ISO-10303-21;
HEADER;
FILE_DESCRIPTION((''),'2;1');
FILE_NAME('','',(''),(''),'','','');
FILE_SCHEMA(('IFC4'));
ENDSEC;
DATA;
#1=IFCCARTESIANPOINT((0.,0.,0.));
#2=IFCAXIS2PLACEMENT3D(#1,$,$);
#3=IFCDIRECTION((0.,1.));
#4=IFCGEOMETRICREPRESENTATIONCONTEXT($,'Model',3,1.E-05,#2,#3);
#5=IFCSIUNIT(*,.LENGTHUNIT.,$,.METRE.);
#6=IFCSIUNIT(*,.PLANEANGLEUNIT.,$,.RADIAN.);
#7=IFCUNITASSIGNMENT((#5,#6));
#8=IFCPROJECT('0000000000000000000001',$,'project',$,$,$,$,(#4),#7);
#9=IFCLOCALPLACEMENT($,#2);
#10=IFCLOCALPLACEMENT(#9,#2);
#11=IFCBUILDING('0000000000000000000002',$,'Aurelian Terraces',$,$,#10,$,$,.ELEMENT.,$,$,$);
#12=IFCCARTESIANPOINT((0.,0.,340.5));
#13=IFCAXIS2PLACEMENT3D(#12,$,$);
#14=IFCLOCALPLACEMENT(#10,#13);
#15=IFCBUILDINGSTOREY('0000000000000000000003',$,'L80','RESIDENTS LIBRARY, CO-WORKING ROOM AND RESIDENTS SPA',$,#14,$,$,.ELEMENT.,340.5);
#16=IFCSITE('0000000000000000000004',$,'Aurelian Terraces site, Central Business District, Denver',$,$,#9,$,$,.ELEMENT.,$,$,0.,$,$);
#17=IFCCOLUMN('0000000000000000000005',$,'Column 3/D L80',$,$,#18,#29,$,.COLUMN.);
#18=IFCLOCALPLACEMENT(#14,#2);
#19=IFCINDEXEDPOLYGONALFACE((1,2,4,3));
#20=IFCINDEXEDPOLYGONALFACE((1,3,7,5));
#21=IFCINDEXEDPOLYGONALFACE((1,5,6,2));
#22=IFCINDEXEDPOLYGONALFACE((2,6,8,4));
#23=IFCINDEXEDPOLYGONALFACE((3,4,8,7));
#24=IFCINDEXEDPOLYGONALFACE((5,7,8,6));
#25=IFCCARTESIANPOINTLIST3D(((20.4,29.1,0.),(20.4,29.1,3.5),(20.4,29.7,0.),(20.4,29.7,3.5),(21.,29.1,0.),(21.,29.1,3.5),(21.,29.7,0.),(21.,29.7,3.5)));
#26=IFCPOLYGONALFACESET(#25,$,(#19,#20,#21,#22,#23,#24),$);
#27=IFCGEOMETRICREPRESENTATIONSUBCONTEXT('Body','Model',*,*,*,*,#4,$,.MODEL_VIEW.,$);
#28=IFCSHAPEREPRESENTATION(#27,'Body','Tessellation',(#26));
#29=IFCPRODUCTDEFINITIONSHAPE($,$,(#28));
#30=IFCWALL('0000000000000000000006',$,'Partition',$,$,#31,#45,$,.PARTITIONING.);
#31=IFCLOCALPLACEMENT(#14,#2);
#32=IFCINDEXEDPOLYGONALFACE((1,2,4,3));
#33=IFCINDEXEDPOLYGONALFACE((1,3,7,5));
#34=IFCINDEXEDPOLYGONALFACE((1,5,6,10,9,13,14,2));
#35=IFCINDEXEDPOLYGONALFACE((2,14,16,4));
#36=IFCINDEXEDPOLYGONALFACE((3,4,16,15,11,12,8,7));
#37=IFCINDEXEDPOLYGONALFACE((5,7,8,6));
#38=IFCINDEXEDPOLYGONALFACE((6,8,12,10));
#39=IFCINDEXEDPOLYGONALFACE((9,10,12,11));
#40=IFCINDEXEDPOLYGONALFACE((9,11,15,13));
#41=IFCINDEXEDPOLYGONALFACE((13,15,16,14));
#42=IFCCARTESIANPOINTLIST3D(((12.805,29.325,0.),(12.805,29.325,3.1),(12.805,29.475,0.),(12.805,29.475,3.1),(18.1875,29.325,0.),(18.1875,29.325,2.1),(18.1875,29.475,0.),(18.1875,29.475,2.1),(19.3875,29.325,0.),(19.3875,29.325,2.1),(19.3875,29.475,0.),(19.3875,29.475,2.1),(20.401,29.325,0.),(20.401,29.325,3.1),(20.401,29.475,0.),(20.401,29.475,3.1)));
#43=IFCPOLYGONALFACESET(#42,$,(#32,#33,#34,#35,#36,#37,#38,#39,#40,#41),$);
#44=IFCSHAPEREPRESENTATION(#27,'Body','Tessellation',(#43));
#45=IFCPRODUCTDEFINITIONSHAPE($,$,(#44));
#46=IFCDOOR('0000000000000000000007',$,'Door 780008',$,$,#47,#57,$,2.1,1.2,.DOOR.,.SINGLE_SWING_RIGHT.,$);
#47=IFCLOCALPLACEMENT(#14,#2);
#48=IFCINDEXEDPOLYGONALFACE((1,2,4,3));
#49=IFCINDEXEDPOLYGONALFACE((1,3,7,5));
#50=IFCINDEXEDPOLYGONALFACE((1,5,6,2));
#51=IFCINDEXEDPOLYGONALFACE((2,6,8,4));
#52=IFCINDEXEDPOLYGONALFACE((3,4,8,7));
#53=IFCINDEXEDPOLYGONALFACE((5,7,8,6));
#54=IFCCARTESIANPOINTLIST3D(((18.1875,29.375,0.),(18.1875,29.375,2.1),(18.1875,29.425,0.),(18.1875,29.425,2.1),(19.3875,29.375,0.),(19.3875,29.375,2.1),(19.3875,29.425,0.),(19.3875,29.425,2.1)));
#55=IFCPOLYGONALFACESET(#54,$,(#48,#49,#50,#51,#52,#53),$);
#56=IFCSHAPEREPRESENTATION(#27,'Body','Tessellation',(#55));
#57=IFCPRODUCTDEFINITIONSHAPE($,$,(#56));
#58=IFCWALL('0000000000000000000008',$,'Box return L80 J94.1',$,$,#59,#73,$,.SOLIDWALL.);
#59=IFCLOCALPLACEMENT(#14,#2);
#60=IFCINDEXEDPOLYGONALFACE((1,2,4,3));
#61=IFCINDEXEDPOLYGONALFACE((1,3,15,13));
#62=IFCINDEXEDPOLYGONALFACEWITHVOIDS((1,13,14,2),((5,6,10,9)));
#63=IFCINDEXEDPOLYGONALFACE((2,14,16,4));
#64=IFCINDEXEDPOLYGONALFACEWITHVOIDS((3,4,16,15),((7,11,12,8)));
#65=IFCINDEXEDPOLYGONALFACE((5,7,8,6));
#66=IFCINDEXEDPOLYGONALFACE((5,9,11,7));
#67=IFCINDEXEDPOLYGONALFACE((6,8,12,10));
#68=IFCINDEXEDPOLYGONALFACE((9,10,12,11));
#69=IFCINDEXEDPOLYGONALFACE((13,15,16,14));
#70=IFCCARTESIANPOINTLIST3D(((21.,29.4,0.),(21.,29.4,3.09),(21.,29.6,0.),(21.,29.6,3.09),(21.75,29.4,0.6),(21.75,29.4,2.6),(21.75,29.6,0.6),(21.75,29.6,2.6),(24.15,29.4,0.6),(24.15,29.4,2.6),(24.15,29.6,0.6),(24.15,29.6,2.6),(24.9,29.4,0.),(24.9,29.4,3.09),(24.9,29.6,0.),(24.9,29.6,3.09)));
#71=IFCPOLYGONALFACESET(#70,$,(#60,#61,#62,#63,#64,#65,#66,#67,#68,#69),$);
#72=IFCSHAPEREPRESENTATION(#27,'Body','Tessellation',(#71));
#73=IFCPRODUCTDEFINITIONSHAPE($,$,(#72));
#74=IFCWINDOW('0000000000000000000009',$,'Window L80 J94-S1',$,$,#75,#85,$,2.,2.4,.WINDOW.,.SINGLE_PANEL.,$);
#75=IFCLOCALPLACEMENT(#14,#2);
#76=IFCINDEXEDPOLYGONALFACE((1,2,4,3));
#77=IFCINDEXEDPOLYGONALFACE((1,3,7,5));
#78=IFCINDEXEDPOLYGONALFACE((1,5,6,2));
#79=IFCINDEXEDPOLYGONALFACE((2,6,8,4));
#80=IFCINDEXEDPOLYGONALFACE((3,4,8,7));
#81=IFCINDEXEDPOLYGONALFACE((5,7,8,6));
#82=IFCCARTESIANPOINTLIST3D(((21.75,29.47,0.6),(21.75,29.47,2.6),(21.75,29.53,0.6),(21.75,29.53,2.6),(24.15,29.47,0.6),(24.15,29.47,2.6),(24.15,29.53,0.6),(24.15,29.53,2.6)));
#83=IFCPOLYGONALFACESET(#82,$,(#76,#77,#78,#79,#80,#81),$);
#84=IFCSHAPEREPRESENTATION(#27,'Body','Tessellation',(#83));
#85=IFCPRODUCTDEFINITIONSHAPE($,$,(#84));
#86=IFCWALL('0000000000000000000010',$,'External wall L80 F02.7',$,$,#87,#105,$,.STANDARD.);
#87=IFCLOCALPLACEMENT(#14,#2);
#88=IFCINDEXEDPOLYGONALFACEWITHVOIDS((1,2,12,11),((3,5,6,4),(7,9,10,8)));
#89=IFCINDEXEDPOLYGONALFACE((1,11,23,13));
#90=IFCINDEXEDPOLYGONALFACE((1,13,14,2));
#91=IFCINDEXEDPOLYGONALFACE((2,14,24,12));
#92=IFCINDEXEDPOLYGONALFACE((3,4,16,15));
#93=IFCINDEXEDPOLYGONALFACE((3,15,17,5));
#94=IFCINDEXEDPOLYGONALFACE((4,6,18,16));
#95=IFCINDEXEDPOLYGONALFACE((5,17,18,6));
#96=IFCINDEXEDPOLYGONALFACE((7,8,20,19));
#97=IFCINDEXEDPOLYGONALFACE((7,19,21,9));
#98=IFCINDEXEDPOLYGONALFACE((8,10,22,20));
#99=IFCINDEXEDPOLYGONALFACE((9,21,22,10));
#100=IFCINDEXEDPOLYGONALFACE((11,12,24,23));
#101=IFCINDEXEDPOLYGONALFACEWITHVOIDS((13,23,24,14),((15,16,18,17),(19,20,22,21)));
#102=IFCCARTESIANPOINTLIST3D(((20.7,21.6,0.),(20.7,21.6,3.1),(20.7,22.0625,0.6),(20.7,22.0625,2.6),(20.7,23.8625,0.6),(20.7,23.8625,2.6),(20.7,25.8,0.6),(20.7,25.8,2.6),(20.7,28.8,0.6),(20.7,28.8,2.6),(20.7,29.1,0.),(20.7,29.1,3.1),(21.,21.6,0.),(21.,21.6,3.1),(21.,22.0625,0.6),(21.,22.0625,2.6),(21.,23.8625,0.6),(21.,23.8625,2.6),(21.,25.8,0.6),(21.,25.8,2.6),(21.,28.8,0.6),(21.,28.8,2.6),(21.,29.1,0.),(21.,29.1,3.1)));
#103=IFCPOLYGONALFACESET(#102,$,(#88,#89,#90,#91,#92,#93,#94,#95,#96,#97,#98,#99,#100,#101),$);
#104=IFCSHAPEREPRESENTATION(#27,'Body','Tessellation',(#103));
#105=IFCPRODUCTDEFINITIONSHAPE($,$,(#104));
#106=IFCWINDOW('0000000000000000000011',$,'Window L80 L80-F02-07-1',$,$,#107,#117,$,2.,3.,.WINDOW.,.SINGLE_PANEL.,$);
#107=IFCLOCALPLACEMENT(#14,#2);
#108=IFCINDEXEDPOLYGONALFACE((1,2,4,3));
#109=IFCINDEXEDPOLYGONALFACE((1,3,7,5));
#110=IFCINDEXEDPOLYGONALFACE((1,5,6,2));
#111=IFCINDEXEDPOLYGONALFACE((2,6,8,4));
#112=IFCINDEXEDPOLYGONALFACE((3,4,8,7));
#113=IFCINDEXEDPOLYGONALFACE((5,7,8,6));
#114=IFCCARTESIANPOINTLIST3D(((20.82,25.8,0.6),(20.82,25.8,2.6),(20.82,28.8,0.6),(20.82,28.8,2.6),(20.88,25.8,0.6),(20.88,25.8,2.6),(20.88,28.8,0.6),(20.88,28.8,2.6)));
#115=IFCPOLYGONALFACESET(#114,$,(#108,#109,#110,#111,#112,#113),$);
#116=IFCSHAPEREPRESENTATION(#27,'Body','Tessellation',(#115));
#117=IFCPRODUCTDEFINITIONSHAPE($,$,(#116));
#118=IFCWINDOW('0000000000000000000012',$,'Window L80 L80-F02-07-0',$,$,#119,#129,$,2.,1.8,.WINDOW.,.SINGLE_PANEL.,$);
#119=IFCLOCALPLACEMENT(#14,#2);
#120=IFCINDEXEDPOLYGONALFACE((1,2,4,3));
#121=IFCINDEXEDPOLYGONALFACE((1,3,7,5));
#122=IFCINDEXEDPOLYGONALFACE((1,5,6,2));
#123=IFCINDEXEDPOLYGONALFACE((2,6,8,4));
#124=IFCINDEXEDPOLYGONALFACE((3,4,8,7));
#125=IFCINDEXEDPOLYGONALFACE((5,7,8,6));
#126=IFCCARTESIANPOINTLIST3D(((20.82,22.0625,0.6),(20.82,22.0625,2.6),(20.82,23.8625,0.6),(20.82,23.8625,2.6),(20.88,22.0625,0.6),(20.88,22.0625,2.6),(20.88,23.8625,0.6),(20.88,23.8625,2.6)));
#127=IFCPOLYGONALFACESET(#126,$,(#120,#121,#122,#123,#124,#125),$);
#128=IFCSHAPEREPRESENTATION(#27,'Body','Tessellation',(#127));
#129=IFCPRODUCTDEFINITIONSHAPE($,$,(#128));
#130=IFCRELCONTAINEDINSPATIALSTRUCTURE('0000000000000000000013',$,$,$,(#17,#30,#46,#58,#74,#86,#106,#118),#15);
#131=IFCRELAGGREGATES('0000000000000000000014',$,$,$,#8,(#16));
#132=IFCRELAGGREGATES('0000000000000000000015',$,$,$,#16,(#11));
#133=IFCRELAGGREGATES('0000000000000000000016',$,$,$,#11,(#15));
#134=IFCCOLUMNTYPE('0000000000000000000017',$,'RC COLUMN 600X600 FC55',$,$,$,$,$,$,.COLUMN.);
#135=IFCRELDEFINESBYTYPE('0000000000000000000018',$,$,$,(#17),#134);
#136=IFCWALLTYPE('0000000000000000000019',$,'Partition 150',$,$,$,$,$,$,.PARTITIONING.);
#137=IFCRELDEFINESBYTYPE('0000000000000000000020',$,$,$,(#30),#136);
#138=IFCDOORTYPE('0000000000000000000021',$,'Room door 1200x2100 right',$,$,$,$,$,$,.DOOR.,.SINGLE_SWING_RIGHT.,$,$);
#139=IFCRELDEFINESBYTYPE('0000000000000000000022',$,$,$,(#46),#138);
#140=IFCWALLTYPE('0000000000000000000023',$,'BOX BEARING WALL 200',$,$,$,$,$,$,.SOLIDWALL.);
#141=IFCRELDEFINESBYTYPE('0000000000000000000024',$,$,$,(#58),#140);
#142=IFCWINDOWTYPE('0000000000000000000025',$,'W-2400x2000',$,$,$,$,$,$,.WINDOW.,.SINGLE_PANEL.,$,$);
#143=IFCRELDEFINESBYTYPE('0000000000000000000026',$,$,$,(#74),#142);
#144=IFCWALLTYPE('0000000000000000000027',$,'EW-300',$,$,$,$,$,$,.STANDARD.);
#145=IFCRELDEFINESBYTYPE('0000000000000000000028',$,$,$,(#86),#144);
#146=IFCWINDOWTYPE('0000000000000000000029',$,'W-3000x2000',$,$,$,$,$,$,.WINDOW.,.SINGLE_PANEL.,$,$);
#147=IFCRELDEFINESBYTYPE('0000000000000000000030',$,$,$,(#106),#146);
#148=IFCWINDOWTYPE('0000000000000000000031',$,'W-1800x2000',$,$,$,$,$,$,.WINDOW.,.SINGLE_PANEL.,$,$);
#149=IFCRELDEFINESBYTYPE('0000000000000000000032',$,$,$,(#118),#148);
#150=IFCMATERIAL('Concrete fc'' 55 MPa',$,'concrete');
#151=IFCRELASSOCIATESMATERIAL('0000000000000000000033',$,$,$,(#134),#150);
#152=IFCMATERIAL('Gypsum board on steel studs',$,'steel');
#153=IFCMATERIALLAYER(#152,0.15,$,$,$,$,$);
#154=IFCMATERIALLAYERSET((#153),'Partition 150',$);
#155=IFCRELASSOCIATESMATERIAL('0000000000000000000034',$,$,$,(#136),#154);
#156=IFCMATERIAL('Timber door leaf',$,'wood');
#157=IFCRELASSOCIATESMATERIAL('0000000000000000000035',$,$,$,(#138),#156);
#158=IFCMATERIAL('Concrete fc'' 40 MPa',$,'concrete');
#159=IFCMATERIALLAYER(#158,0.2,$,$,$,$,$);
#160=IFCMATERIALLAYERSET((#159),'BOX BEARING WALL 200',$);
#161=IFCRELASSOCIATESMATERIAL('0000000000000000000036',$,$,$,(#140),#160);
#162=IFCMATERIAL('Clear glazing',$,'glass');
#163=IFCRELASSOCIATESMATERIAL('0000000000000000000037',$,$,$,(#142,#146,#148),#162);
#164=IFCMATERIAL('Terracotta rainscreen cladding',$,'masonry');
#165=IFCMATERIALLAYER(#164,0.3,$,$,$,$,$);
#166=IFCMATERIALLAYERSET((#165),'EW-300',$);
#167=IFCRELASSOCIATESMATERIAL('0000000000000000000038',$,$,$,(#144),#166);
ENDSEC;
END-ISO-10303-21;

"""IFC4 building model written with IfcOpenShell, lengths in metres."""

from ifc_helpers import new_model, si_unit, direction, frame, frame_2d, origin, origin_2d, place, context, subcontext, project, spatial, rectangle, extrude, source, transform, mapped, material, layer, layer_set, material_profile, profile_set, type_object, element, fill, save


model = new_model("IFC4")

# Units and contexts
model_context = context("Model", 3, precision=1e-05, world=origin(), true_north=direction((0.0, 1.0)))
body_context = subcontext(model_context, "Body", "Model", "MODEL_VIEW")
ifc_project = project(units=[si_unit("LENGTHUNIT", "METRE"), si_unit("PLANEANGLEUNIT", "RADIAN")], contexts=[model_context])

# Site, building, storey
site_placement = place(None, origin())
site = spatial("IfcSite", under=ifc_project, at=site_placement, Name="Aurelian Terraces site, Central Business District, Denver", CompositionType="ELEMENT", RefElevation=0.0)
building_placement = place(site_placement, origin())
building = spatial("IfcBuilding", under=site, at=building_placement, Name="Aurelian Terraces", CompositionType="ELEMENT")
storey_placement = place(building_placement, frame((0.0, 0.0, 340.5)))
storey = spatial("IfcBuildingStorey", under=building, at=storey_placement, Name="L80", Description="RESIDENTS LIBRARY, CO-WORKING ROOM AND RESIDENTS SPA", CompositionType="ELEMENT", Elevation=340.5)

# Column
ifc_material_1 = material(Name="Concrete fc' 55 MPa", Category="concrete")
ifc_material_profile = material_profile(ifc_material_1, rectangle(XDim=0.6, YDim=0.6, at=origin_2d()))
ifc_profile_set = profile_set([ifc_material_profile], Name="Concrete fc' 55 MPa")
column_type = type_object("IfcColumnType", Name="RC COLUMN 600X600 FC55", PredefinedType="COLUMN", material=ifc_profile_set)
shared_shape_1 = source(origin(), body_context, "Body", "SweptSolid", [
    extrude(rectangle(XDim=0.6, YDim=0.6, at=origin_2d()), origin(), (0.0, 0.0, 1.0), 3.5),
])
column_placement = place(storey_placement, frame((20.7, 29.4, 0.0), z_axis=(0.0, 0.0, 1.0), x_axis=(1.0, 0.0, 0.0)))
element("IfcColumn", 1, at=column_placement, inside=storey, type_object=column_type, Name="Column 3/D L80", PredefinedType="COLUMN", context=body_context, shape_type="MappedRepresentation", body=[
    mapped(shared_shape_1, transform((0.0, 0.0, 0.0), scale=1.0)),
])

# Wall, opening, door
ifc_material_2 = material(Name="Gypsum board on steel studs", Category="steel")
ifc_layer_1 = layer(ifc_material_2, 0.15)
ifc_layer_set_1 = layer_set([ifc_layer_1], Name="Partition 150")
wall_type_1 = type_object("IfcWallType", Name="Partition 150", PredefinedType="PARTITIONING", material=ifc_layer_set_1)
wall_1_placement = place(storey_placement, frame((12.805, 29.4, 0.0), z_axis=(0.0, 0.0, 1.0), x_axis=(1.0, 0.0, 0.0)))
wall_1 = element("IfcWall", 2, at=wall_1_placement, inside=storey, type_object=wall_type_1, Name="Partition", PredefinedType="PARTITIONING", context=body_context, shape_type="SweptSolid", body=[
    extrude(rectangle(XDim=7.596, YDim=0.15, at=frame_2d((3.798, 0.0))), origin(), (0.0, 0.0, 1.0), 3.1),
])
shared_shape_2 = source(origin(), body_context, "Body", "SweptSolid", [
    extrude(rectangle(XDim=1.2, YDim=2.1, at=frame_2d((0.6, 1.05))), frame((0.0, 0.085, 0.0), z_axis=(0.0, -1.0, 0.0), x_axis=(1.0, 0.0, 0.0)), (0.0, 0.0, 1.0), 0.17),
])
opening_1_placement = place(wall_1_placement, frame((5.3825, 0.0, 0.0)))
opening_1 = element("IfcOpeningElement", 3, at=opening_1_placement, cuts=wall_1, PredefinedType="OPENING", context=body_context, shape_type="MappedRepresentation", body=[
    mapped(shared_shape_2, transform((0.0, 0.0, 0.0), scale=1.0)),
])
ifc_material_3 = material(Name="Timber door leaf", Category="wood")
door_type_1 = type_object("IfcDoorType", Name="Room door 1200x2100 right", OperationType="SINGLE_SWING_RIGHT", PredefinedType="DOOR", material=ifc_material_3)
shared_shape_3 = source(origin(), body_context, "Body", "SweptSolid", [
    extrude(rectangle(XDim=1.2, YDim=2.1, at=frame_2d((0.6, 1.05))), frame((0.0, 0.025, 0.0), z_axis=(0.0, -1.0, 0.0), x_axis=(1.0, 0.0, 0.0)), (0.0, 0.0, 1.0), 0.05),
])
door_1_placement = place(opening_1_placement, origin())
door_1 = element("IfcDoor", 4, at=door_1_placement, inside=storey, type_object=door_type_1, Name="Door 780008", OperationType="SINGLE_SWING_RIGHT", OverallHeight=2.1, OverallWidth=1.2, PredefinedType="DOOR", context=body_context, shape_type="MappedRepresentation", body=[
    mapped(shared_shape_3, transform((0.0, 0.0, 0.0), scale=1.0)),
])
fill(opening_1, door_1)

# Wall, opening, window
ifc_material_4 = material(Name="Concrete fc' 40 MPa", Category="concrete")
ifc_layer_2 = layer(ifc_material_4, 0.2)
ifc_layer_set_2 = layer_set([ifc_layer_2], Name="BOX BEARING WALL 200")
wall_type_2 = type_object("IfcWallType", Name="BOX BEARING WALL 200", PredefinedType="SOLIDWALL", material=ifc_layer_set_2)
shared_shape_4 = source(origin(), body_context, "Body", "SweptSolid", [
    extrude(rectangle(XDim=3.9, YDim=0.2, at=frame_2d((1.95, 0.0))), origin(), (0.0, 0.0, 1.0), 3.09),
])
wall_2_placement = place(storey_placement, frame((21.0, 29.5, 0.0), z_axis=(0.0, 0.0, 1.0), x_axis=(1.0, 0.0, 0.0)))
wall_2 = element("IfcWall", 5, at=wall_2_placement, inside=storey, type_object=wall_type_2, Name="Box return L80 J94.1", PredefinedType="SOLIDWALL", context=body_context, shape_type="MappedRepresentation", body=[
    mapped(shared_shape_4, transform((0.0, 0.0, 0.0), scale=1.0)),
])
shared_shape_5 = source(origin(), body_context, "Body", "SweptSolid", [
    extrude(rectangle(XDim=2.4, YDim=2.0, at=frame_2d((1.2, 1.0))), frame((0.0, 0.11, 0.0), z_axis=(0.0, -1.0, 0.0), x_axis=(1.0, 0.0, 0.0)), (0.0, 0.0, 1.0), 0.22),
])
opening_2_placement = place(wall_2_placement, frame((0.75, 0.0, 0.6)))
opening_2 = element("IfcOpeningElement", 6, at=opening_2_placement, cuts=wall_2, PredefinedType="OPENING", context=body_context, shape_type="MappedRepresentation", body=[
    mapped(shared_shape_5, transform((0.0, 0.0, 0.0), scale=1.0)),
])
ifc_material_5 = material(Name="Clear glazing", Category="glass")
window_type_1 = type_object("IfcWindowType", Name="W-2400x2000", PartitioningType="SINGLE_PANEL", PredefinedType="WINDOW", material=ifc_material_5)
shared_shape_6 = source(origin(), body_context, "Body", "SweptSolid", [
    extrude(rectangle(XDim=2.4, YDim=2.0, at=frame_2d((1.2, 1.0))), frame((0.0, 0.03, 0.0), z_axis=(0.0, -1.0, 0.0), x_axis=(1.0, 0.0, 0.0)), (0.0, 0.0, 1.0), 0.06),
])
window_1_placement = place(opening_2_placement, origin())
window_1 = element("IfcWindow", 7, at=window_1_placement, inside=storey, type_object=window_type_1, Name="Window L80 J94-S1", OverallHeight=2.0, OverallWidth=2.4, PartitioningType="SINGLE_PANEL", PredefinedType="WINDOW", context=body_context, shape_type="MappedRepresentation", body=[
    mapped(shared_shape_6, transform((0.0, 0.0, 0.0), scale=1.0)),
])
fill(opening_2, window_1)

# Wall, openings, windows
ifc_material_6 = material(Name="Terracotta rainscreen cladding", Category="masonry")
ifc_layer_3 = layer(ifc_material_6, 0.3)
ifc_layer_set_3 = layer_set([ifc_layer_3], Name="EW-300")
wall_type_3 = type_object("IfcWallType", Name="EW-300", PredefinedType="STANDARD", material=ifc_layer_set_3)
shared_shape_7 = source(origin(), body_context, "Body", "SweptSolid", [
    extrude(rectangle(XDim=7.5, YDim=0.3, at=frame_2d((3.75, 0.0))), origin(), (0.0, 0.0, 1.0), 3.1),
])
wall_3_placement = place(storey_placement, frame((20.85, 21.6, 0.0), z_axis=(0.0, 0.0, 1.0), x_axis=(0.0, 1.0, 0.0)))
wall_3 = element("IfcWall", 8, at=wall_3_placement, inside=storey, type_object=wall_type_3, Name="External wall L80 F02.7", PredefinedType="STANDARD", context=body_context, shape_type="MappedRepresentation", body=[
    mapped(shared_shape_7, transform((0.0, 0.0, 0.0), scale=1.0)),
])
shared_shape_8 = source(origin(), body_context, "Body", "SweptSolid", [
    extrude(rectangle(XDim=1.8, YDim=2.0, at=frame_2d((0.9, 1.0))), frame((0.0, 0.16, 0.0), z_axis=(0.0, -1.0, 0.0), x_axis=(1.0, 0.0, 0.0)), (0.0, 0.0, 1.0), 0.32),
])
opening_3_placement = place(wall_3_placement, frame((0.4625, 0.0, 0.6)))
opening_3 = element("IfcOpeningElement", 9, at=opening_3_placement, cuts=wall_3, PredefinedType="OPENING", context=body_context, shape_type="MappedRepresentation", body=[
    mapped(shared_shape_8, transform((0.0, 0.0, 0.0), scale=1.0)),
])
shared_shape_9 = source(origin(), body_context, "Body", "SweptSolid", [
    extrude(rectangle(XDim=3.0, YDim=2.0, at=frame_2d((1.5, 1.0))), frame((0.0, 0.16, 0.0), z_axis=(0.0, -1.0, 0.0), x_axis=(1.0, 0.0, 0.0)), (0.0, 0.0, 1.0), 0.32),
])
opening_4_placement = place(wall_3_placement, frame((4.2, 0.0, 0.6)))
opening_4 = element("IfcOpeningElement", 10, at=opening_4_placement, cuts=wall_3, PredefinedType="OPENING", context=body_context, shape_type="MappedRepresentation", body=[
    mapped(shared_shape_9, transform((0.0, 0.0, 0.0), scale=1.0)),
])
window_type_2 = type_object("IfcWindowType", Name="W-3000x2000", PartitioningType="SINGLE_PANEL", PredefinedType="WINDOW", material=ifc_material_5)
shared_shape_10 = source(origin(), body_context, "Body", "SweptSolid", [
    extrude(rectangle(XDim=3.0, YDim=2.0, at=frame_2d((1.5, 1.0))), frame((0.0, 0.03, 0.0), z_axis=(0.0, -1.0, 0.0), x_axis=(1.0, 0.0, 0.0)), (0.0, 0.0, 1.0), 0.06),
])
window_2_placement = place(opening_4_placement, origin())
window_2 = element("IfcWindow", 11, at=window_2_placement, inside=storey, type_object=window_type_2, Name="Window L80 L80-F02-07-1", OverallHeight=2.0, OverallWidth=3.0, PartitioningType="SINGLE_PANEL", PredefinedType="WINDOW", context=body_context, shape_type="MappedRepresentation", body=[
    mapped(shared_shape_10, transform((0.0, 0.0, 0.0), scale=1.0)),
])
fill(opening_4, window_2)
window_type_3 = type_object("IfcWindowType", Name="W-1800x2000", PartitioningType="SINGLE_PANEL", PredefinedType="WINDOW", material=ifc_material_5)
shared_shape_11 = source(origin(), body_context, "Body", "SweptSolid", [
    extrude(rectangle(XDim=1.8, YDim=2.0, at=frame_2d((0.9, 1.0))), frame((0.0, 0.03, 0.0), z_axis=(0.0, -1.0, 0.0), x_axis=(1.0, 0.0, 0.0)), (0.0, 0.0, 1.0), 0.06),
])
window_3_placement = place(opening_3_placement, origin())
window_3 = element("IfcWindow", 12, at=window_3_placement, inside=storey, type_object=window_type_3, Name="Window L80 L80-F02-07-0", OverallHeight=2.0, OverallWidth=1.8, PartitioningType="SINGLE_PANEL", PredefinedType="WINDOW", context=body_context, shape_type="MappedRepresentation", body=[
    mapped(shared_shape_11, transform((0.0, 0.0, 0.0), scale=1.0)),
])
fill(opening_3, window_3)

save(model, "model.ifc")
